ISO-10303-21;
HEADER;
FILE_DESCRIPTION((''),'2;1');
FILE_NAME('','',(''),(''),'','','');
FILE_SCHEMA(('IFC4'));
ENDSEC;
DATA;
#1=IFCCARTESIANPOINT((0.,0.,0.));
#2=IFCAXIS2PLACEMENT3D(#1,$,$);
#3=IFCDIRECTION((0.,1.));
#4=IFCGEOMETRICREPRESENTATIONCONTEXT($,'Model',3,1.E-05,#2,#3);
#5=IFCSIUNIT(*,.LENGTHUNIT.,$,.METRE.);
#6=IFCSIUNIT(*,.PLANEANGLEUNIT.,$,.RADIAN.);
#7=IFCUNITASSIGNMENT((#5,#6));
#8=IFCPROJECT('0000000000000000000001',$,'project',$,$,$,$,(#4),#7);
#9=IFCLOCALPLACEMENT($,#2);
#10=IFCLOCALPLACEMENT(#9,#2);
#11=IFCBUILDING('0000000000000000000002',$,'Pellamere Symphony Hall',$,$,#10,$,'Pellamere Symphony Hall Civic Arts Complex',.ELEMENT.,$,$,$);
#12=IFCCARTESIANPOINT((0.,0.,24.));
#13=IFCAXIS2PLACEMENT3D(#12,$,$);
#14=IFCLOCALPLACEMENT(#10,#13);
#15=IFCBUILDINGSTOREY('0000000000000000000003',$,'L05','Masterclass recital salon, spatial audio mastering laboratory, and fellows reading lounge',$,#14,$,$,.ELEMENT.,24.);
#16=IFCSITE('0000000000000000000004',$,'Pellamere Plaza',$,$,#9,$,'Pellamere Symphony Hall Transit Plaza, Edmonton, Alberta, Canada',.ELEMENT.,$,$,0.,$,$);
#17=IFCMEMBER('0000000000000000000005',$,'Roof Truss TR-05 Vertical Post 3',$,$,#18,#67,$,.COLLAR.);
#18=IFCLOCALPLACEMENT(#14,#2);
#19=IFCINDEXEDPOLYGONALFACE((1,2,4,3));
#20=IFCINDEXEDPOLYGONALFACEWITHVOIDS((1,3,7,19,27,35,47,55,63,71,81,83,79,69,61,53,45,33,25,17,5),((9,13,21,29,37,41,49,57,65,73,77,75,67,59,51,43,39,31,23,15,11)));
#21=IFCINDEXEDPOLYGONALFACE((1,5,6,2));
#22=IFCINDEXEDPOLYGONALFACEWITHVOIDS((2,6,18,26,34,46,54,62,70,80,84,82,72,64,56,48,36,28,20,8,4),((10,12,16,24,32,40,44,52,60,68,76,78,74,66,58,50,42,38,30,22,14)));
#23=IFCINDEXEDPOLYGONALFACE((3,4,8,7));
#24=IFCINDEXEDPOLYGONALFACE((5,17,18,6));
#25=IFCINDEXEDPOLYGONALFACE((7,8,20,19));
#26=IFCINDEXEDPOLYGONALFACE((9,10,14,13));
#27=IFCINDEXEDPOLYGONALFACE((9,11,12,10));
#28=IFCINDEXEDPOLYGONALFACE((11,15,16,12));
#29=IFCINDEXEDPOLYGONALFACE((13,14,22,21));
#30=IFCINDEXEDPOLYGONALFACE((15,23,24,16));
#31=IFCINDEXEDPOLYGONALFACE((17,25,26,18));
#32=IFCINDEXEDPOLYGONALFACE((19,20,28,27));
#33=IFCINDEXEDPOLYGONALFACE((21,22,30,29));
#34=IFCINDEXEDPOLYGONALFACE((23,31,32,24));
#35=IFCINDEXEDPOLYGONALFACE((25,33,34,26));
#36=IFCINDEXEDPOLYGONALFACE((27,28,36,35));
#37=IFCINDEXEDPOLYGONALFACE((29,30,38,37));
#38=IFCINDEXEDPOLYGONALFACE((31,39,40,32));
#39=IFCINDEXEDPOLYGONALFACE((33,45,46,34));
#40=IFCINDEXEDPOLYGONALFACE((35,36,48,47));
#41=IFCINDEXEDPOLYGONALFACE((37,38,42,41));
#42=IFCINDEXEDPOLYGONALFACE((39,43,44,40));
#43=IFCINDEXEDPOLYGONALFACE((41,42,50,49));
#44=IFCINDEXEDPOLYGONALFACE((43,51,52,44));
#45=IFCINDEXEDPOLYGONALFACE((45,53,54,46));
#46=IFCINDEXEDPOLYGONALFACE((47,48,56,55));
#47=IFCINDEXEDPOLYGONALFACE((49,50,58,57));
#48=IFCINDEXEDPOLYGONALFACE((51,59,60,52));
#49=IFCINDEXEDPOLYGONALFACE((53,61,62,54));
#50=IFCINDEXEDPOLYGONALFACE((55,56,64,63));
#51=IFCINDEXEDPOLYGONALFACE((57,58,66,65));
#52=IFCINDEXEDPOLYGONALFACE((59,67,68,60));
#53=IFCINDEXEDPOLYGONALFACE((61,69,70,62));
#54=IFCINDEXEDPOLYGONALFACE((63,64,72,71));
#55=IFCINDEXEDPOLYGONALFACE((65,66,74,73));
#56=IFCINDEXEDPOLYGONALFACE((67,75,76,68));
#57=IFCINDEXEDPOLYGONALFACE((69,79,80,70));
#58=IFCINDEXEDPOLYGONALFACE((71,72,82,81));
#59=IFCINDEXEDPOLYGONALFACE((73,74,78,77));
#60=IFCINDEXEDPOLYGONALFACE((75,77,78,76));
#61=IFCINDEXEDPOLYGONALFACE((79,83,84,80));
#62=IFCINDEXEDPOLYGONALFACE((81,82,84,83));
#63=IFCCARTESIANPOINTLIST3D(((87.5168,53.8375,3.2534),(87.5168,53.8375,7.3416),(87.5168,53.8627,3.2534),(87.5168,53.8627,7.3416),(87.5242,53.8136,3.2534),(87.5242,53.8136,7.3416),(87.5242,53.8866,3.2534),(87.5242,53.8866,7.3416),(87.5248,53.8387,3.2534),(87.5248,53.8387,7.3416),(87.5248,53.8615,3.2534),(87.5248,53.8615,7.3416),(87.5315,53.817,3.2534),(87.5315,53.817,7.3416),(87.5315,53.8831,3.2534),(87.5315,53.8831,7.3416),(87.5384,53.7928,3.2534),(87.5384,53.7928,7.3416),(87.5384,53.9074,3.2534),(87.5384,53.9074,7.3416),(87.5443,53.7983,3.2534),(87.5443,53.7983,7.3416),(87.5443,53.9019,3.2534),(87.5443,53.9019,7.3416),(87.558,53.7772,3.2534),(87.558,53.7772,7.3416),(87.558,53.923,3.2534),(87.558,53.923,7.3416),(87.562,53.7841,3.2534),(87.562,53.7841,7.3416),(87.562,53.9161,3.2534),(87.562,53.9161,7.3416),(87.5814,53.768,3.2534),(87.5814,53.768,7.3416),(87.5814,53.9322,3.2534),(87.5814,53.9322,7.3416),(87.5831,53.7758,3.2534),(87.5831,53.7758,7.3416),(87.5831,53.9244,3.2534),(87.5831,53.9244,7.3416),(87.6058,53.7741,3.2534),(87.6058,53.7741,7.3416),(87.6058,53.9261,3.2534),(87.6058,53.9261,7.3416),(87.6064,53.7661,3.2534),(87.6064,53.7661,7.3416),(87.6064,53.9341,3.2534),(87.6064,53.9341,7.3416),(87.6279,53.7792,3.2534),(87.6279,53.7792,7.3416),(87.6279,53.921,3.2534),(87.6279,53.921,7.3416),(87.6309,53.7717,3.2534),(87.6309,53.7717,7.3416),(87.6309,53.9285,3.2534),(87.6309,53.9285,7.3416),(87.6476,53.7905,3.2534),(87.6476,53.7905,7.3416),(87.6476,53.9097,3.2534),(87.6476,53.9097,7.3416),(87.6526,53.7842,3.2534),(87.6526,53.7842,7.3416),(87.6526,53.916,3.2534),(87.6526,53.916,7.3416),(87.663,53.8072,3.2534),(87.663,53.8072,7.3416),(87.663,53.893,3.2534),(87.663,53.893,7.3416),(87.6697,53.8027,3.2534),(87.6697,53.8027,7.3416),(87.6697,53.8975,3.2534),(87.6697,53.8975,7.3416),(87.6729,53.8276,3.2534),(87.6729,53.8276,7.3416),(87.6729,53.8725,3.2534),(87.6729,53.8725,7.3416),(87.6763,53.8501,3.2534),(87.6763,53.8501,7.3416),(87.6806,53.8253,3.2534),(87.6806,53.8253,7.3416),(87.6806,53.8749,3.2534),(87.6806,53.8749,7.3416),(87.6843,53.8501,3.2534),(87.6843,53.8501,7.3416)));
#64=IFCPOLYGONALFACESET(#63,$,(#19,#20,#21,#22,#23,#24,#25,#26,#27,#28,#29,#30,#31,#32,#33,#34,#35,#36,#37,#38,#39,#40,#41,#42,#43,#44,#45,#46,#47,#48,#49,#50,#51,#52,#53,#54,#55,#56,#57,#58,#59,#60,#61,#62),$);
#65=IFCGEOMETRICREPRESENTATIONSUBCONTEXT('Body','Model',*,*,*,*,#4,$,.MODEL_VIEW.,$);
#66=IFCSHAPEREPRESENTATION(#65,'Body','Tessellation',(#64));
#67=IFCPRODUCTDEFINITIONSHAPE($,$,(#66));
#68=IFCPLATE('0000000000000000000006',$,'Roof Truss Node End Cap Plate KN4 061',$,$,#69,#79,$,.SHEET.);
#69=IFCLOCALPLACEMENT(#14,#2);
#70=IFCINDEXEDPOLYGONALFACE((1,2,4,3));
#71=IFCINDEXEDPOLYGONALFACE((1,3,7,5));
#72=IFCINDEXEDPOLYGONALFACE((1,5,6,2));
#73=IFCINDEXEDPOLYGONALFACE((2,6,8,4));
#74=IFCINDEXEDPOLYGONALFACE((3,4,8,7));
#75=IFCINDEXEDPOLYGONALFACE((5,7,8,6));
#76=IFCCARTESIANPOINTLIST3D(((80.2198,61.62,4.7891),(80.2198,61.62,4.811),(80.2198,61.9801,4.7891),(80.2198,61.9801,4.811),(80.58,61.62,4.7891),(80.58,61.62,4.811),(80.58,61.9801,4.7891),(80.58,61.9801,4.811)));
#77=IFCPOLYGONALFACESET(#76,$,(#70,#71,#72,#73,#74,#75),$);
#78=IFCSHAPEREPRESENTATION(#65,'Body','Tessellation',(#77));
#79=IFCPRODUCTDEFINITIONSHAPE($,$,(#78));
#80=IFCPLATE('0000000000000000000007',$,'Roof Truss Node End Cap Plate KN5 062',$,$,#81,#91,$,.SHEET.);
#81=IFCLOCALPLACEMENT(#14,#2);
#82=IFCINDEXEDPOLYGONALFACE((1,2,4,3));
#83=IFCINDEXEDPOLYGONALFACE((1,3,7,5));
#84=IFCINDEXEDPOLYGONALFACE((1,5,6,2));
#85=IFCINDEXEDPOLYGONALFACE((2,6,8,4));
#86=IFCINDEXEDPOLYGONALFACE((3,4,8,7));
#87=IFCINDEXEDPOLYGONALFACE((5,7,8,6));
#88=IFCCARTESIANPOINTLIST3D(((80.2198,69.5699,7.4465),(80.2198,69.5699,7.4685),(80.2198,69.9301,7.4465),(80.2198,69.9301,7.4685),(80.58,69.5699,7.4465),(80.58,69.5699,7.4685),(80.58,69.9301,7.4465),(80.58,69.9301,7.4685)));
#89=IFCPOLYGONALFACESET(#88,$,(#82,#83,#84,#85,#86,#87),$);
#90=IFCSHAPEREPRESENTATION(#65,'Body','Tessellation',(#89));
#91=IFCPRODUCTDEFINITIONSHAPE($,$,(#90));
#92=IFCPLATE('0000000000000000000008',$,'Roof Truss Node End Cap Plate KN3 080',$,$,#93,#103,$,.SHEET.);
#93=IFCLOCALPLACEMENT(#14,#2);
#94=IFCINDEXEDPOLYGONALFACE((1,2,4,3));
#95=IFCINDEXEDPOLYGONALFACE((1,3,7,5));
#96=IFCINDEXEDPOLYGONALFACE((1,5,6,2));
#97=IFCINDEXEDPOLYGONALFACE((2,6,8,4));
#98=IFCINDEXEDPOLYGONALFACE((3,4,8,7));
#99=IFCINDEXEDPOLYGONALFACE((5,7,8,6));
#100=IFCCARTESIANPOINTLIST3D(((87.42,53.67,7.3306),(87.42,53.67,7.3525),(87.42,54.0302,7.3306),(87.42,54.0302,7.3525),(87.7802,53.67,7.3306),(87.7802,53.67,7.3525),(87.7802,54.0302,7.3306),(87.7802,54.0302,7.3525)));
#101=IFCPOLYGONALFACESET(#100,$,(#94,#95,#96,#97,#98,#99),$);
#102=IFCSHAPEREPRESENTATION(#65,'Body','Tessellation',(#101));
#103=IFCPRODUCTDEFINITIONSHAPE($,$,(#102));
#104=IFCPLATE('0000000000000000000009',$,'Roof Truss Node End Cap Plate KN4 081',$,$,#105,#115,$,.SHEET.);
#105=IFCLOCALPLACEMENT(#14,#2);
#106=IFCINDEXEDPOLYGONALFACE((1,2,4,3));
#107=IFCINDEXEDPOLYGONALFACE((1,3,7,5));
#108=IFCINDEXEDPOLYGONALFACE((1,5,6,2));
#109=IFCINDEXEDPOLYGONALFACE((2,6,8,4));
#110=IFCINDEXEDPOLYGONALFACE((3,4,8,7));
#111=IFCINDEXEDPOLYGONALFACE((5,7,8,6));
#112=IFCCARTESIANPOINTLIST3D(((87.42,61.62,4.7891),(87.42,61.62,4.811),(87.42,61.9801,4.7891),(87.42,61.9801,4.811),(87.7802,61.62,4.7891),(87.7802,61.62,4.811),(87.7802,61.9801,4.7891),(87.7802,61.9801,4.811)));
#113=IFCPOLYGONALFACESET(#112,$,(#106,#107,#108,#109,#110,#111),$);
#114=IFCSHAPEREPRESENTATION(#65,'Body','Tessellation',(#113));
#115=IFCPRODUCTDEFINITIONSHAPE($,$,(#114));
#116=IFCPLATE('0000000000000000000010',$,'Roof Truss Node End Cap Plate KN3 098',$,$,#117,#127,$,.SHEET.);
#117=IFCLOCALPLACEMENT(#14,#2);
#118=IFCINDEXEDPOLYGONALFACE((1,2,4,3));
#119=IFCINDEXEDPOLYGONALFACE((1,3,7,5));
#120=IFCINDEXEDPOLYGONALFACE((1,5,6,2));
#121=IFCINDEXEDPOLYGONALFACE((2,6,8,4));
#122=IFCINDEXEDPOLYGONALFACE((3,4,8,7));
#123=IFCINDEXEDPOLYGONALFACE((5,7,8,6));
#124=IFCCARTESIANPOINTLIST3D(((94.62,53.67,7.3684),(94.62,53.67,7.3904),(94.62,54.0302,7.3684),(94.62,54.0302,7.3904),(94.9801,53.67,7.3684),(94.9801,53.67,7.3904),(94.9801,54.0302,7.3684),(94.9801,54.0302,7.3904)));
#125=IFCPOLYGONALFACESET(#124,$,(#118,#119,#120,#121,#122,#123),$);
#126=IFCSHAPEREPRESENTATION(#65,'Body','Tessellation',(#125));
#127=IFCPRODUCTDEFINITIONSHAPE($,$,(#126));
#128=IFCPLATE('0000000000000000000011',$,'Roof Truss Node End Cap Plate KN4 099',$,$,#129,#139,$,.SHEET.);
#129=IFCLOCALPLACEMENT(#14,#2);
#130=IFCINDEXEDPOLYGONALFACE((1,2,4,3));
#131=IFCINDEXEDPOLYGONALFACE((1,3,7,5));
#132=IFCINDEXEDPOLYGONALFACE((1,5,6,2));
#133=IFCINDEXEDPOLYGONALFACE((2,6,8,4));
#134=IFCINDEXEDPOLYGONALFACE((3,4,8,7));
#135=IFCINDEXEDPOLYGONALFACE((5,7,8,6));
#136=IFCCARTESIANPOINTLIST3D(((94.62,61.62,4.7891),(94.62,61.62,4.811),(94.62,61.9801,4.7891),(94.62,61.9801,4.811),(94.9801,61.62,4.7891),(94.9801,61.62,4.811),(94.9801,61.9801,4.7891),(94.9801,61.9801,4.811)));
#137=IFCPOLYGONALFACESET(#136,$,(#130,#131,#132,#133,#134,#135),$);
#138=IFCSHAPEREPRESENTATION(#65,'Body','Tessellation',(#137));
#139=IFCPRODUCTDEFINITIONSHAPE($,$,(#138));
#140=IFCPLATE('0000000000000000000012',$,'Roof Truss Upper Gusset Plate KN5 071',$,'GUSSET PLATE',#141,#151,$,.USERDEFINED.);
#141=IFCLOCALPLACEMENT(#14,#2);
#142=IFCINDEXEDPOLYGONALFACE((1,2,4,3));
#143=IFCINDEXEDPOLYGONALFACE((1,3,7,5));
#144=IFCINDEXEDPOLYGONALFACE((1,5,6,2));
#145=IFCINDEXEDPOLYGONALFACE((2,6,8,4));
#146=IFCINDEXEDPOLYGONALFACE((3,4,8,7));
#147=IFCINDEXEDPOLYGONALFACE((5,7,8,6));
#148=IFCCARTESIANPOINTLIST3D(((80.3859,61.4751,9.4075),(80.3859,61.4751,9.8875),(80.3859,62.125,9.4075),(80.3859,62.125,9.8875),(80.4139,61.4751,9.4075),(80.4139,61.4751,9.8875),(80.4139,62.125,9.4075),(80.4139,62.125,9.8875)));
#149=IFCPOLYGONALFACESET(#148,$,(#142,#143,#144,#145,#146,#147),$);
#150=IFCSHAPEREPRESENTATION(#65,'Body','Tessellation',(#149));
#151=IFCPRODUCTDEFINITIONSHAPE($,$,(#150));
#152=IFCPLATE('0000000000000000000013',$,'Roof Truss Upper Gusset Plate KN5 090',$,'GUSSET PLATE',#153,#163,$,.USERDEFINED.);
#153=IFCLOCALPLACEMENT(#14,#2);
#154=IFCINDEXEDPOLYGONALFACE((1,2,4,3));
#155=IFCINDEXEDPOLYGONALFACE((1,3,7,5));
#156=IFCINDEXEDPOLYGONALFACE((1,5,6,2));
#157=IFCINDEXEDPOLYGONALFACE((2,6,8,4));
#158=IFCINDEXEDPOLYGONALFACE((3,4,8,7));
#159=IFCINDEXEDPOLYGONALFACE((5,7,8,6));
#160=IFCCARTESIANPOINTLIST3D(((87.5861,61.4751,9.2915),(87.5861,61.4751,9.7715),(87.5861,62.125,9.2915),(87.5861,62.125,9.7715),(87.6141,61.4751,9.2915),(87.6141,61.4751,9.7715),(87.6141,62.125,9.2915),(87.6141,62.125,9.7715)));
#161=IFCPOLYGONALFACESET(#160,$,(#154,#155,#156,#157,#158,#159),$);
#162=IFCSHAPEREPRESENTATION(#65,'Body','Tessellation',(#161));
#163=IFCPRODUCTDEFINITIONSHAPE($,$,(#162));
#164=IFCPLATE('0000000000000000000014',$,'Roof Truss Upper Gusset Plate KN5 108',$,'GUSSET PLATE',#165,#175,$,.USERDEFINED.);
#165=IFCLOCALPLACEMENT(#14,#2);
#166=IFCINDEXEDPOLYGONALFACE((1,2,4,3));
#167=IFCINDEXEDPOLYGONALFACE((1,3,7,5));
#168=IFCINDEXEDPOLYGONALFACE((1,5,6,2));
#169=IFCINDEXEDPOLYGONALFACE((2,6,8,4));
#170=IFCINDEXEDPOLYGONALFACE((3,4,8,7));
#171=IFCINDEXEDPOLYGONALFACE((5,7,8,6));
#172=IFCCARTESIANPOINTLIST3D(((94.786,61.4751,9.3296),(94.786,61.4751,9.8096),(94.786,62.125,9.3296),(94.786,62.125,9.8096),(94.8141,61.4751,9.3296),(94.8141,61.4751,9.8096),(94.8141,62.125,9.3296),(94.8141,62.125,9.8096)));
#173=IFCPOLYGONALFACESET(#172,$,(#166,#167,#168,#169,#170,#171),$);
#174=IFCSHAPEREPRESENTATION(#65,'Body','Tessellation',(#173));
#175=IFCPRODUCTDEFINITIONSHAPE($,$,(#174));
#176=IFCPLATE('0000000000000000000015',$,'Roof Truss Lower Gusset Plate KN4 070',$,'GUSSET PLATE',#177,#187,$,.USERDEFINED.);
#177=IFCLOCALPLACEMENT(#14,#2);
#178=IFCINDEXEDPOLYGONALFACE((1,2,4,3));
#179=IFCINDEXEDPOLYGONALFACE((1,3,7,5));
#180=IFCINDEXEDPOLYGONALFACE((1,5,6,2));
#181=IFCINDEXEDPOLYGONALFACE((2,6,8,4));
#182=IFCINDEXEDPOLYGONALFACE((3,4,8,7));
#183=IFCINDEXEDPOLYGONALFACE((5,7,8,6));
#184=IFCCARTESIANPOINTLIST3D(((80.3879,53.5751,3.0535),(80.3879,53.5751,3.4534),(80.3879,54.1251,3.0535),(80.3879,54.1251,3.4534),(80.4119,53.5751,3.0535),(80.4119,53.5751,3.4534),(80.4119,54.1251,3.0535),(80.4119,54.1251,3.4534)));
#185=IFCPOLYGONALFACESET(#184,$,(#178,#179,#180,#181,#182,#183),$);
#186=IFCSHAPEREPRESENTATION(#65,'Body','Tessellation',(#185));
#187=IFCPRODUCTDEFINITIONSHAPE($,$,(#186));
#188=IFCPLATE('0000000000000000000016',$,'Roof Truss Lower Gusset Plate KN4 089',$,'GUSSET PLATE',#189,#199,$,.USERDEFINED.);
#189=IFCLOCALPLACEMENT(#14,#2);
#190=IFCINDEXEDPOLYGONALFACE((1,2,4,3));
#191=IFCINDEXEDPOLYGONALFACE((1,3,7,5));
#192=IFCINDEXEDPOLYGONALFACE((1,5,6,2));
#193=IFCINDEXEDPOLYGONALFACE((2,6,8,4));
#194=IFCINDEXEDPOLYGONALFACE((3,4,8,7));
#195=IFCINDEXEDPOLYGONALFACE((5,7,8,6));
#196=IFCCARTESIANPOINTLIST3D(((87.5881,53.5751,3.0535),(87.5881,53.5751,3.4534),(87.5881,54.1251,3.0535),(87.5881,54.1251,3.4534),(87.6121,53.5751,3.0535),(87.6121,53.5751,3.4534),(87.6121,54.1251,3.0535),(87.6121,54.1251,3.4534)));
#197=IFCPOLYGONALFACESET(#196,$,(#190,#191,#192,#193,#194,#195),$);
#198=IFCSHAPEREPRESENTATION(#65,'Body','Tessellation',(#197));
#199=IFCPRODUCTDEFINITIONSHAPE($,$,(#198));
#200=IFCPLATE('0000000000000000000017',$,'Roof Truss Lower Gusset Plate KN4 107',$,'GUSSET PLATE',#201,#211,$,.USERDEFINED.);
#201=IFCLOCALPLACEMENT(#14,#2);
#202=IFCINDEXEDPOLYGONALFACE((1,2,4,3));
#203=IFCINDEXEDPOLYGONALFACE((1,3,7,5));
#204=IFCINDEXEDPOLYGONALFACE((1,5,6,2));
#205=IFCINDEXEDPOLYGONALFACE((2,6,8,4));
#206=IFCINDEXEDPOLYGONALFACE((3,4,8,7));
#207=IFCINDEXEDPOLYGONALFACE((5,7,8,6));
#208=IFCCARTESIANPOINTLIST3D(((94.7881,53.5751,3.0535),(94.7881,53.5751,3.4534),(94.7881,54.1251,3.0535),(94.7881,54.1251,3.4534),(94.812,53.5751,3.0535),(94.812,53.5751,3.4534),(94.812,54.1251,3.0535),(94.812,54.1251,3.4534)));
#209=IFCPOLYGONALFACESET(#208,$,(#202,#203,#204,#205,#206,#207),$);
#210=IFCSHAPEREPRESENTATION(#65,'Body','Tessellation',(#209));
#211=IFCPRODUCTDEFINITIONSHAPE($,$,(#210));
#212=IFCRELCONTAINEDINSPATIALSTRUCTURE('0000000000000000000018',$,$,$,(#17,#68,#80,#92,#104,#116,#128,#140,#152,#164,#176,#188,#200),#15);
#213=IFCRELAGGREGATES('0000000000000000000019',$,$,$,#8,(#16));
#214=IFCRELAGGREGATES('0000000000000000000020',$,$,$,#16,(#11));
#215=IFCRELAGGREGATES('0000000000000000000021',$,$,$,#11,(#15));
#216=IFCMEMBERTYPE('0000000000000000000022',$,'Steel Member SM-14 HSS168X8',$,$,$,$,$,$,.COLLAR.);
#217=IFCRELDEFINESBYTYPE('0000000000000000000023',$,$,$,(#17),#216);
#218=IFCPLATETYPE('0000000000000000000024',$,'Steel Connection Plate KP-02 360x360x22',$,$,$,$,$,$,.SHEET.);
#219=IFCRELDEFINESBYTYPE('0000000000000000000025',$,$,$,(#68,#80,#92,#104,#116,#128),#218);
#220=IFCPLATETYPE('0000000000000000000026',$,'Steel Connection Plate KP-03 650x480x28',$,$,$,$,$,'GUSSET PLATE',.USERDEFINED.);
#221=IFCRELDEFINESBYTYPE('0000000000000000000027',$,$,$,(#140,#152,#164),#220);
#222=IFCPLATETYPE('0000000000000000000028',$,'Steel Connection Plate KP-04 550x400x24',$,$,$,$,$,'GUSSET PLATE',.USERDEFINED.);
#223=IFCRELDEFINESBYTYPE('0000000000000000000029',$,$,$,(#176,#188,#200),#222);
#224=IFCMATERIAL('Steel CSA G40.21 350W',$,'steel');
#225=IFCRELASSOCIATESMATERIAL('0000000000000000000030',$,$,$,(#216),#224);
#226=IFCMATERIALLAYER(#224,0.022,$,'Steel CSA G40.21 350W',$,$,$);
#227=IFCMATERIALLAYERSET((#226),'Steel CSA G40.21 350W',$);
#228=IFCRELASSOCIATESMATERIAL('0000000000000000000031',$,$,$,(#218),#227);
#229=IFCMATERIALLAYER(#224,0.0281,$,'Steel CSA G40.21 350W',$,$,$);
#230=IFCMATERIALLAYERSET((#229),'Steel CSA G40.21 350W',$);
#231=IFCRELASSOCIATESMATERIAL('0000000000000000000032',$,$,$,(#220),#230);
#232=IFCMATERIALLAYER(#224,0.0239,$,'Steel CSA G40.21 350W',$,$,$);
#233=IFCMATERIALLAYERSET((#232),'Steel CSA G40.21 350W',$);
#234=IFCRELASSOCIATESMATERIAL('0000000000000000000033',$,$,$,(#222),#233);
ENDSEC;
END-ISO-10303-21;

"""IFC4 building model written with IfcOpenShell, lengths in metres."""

from ifc_helpers import new_model, si_unit, direction, frame, origin, origin_2d, place, context, subcontext, project, spatial, rectangle, hollow_circle, extrude, material, layer, layer_set, material_profile, profile_set, type_object, element, save


model = new_model("IFC4")

# Units and contexts
model_context = context("Model", 3, precision=1e-05, world=origin(), true_north=direction((0.0, 1.0)))
body_context = subcontext(model_context, "Body", "Model", "MODEL_VIEW")
ifc_project = project(units=[si_unit("LENGTHUNIT", "METRE"), si_unit("PLANEANGLEUNIT", "RADIAN")], contexts=[model_context])

# Site, building, storey
site_placement = place(None, origin())
site = spatial("IfcSite", under=ifc_project, at=site_placement, Name="Pellamere Plaza", LongName="Pellamere Symphony Hall Transit Plaza, Edmonton, Alberta, Canada", CompositionType="ELEMENT", RefElevation=0.0)
building_placement = place(site_placement, origin())
building = spatial("IfcBuilding", under=site, at=building_placement, Name="Pellamere Symphony Hall", LongName="Pellamere Symphony Hall Civic Arts Complex", CompositionType="ELEMENT")
storey_placement = place(building_placement, frame((0.0, 0.0, 24.0)))
storey = spatial("IfcBuildingStorey", under=building, at=storey_placement, Name="L05", Description="Masterclass recital salon, spatial audio mastering laboratory, and fellows reading lounge", CompositionType="ELEMENT", Elevation=24.0)

# Shared definitions
ifc_material = material(Name="Steel CSA G40.21 350W", Category="steel")

# Member
ifc_material_profile_1 = material_profile(ifc_material, hollow_circle(Radius=0.0842, WallThickness=0.0081, at=origin_2d()), Name="HSS168X8")
ifc_profile_set_1 = profile_set([ifc_material_profile_1], Name="Steel CSA G40.21 350W")
member_type_1 = type_object("IfcMemberType", Name="Steel Member SM-14 HSS168X8", PredefinedType="COLLAR", material=ifc_profile_set_1)
member_1_placement = place(storey_placement, frame((87.6001, 53.8501, 3.2534), z_axis=(0.0, 0.0, 1.0), x_axis=(1.0, 0.0, 0.0)))
element("IfcMember", 1, at=member_1_placement, inside=storey, type_object=member_type_1, Name="Roof Truss TR-05 Vertical Post 3", PredefinedType="COLLAR", context=body_context, shape_type="SweptSolid", body=[
    extrude(hollow_circle(Radius=0.0842, WallThickness=0.0081, at=origin_2d()), origin(), (0.0, 0.0, 1.0), 4.0881),
])

# Plates
ifc_layer_1 = layer(ifc_material, 0.022, Name="Steel CSA G40.21 350W")
ifc_layer_set_1 = layer_set([ifc_layer_1], Name="Steel CSA G40.21 350W")
plate_type_1 = type_object("IfcPlateType", Name="Steel Connection Plate KP-02 360x360x22", PredefinedType="SHEET", material=ifc_layer_set_1)
for number, where, z_axis, x_axis, name in (
    (2, (80.3999, 61.8, 4.7891), (0.0, 0.0, 1.0), (1.0, 0.0, 0.0), "Roof Truss Node End Cap Plate KN4 061"),
    (3, (80.3999, 69.75, 7.4465), (0.0, 0.0, 1.0), (1.0, 0.0, 0.0), "Roof Truss Node End Cap Plate KN5 062"),
    (4, (87.6001, 53.8501, 7.3306), (0.0, 0.0, 1.0), (1.0, 0.0, 0.0), "Roof Truss Node End Cap Plate KN3 080"),
    (5, (87.6001, 61.8, 4.7891), (0.0, 0.0, 1.0), (1.0, 0.0, 0.0), "Roof Truss Node End Cap Plate KN4 081"),
    (6, (94.8, 53.8501, 7.3684), (0.0, 0.0, 1.0), (1.0, 0.0, 0.0), "Roof Truss Node End Cap Plate KN3 098"),
    (7, (94.8, 61.8, 4.7891), (0.0, 0.0, 1.0), (1.0, 0.0, 0.0), "Roof Truss Node End Cap Plate KN4 099"),
):
    element("IfcPlate", number, at=place(storey_placement, frame(where, z_axis=z_axis, x_axis=x_axis)), inside=storey, type_object=plate_type_1, Name=name, PredefinedType="SHEET", context=body_context, shape_type="SweptSolid", body=[
        extrude(rectangle(XDim=0.3601, YDim=0.3601, at=origin_2d()), origin(), (0.0, 0.0, 1.0), 0.022),
    ])
ifc_layer_2 = layer(ifc_material, 0.0281, Name="Steel CSA G40.21 350W")
ifc_layer_set_2 = layer_set([ifc_layer_2], Name="Steel CSA G40.21 350W")
plate_type_2 = type_object("IfcPlateType", Name="Steel Connection Plate KP-03 650x480x28", ElementType="GUSSET PLATE", PredefinedType="USERDEFINED", material=ifc_layer_set_2)
for number, where, z_axis, x_axis, name in (
    (8, (80.3999, 61.8, 9.4075), (0.0, 0.0, 1.0), (1.0, 0.0, 0.0), "Roof Truss Upper Gusset Plate KN5 071"),
    (9, (87.6001, 61.8, 9.2915), (0.0, 0.0, 1.0), (1.0, 0.0, 0.0), "Roof Truss Upper Gusset Plate KN5 090"),
    (10, (94.8, 61.8, 9.3296), (0.0, 0.0, 1.0), (1.0, 0.0, 0.0), "Roof Truss Upper Gusset Plate KN5 108"),
):
    element("IfcPlate", number, at=place(storey_placement, frame(where, z_axis=z_axis, x_axis=x_axis)), inside=storey, type_object=plate_type_2, Name=name, ObjectType="GUSSET PLATE", PredefinedType="USERDEFINED", context=body_context, shape_type="SweptSolid", body=[
        extrude(rectangle(XDim=0.0281, YDim=0.6499, at=origin_2d()), origin(), (0.0, 0.0, 1.0), 0.48),
    ])
ifc_layer_3 = layer(ifc_material, 0.0239, Name="Steel CSA G40.21 350W")
ifc_layer_set_3 = layer_set([ifc_layer_3], Name="Steel CSA G40.21 350W")
plate_type_3 = type_object("IfcPlateType", Name="Steel Connection Plate KP-04 550x400x24", ElementType="GUSSET PLATE", PredefinedType="USERDEFINED", material=ifc_layer_set_3)
for number, where, z_axis, x_axis, name in (
    (11, (80.3999, 53.8501, 3.0535), (0.0, 0.0, 1.0), (1.0, 0.0, 0.0), "Roof Truss Lower Gusset Plate KN4 070"),
    (12, (87.6001, 53.8501, 3.0535), (0.0, 0.0, 1.0), (1.0, 0.0, 0.0), "Roof Truss Lower Gusset Plate KN4 089"),
    (13, (94.8, 53.8501, 3.0535), (0.0, 0.0, 1.0), (1.0, 0.0, 0.0), "Roof Truss Lower Gusset Plate KN4 107"),
):
    element("IfcPlate", number, at=place(storey_placement, frame(where, z_axis=z_axis, x_axis=x_axis)), inside=storey, type_object=plate_type_3, Name=name, ObjectType="GUSSET PLATE", PredefinedType="USERDEFINED", context=body_context, shape_type="SweptSolid", body=[
        extrude(rectangle(XDim=0.0239, YDim=0.55, at=origin_2d()), origin(), (0.0, 0.0, 1.0), 0.3999),
    ])

save(model, "model.ifc")
